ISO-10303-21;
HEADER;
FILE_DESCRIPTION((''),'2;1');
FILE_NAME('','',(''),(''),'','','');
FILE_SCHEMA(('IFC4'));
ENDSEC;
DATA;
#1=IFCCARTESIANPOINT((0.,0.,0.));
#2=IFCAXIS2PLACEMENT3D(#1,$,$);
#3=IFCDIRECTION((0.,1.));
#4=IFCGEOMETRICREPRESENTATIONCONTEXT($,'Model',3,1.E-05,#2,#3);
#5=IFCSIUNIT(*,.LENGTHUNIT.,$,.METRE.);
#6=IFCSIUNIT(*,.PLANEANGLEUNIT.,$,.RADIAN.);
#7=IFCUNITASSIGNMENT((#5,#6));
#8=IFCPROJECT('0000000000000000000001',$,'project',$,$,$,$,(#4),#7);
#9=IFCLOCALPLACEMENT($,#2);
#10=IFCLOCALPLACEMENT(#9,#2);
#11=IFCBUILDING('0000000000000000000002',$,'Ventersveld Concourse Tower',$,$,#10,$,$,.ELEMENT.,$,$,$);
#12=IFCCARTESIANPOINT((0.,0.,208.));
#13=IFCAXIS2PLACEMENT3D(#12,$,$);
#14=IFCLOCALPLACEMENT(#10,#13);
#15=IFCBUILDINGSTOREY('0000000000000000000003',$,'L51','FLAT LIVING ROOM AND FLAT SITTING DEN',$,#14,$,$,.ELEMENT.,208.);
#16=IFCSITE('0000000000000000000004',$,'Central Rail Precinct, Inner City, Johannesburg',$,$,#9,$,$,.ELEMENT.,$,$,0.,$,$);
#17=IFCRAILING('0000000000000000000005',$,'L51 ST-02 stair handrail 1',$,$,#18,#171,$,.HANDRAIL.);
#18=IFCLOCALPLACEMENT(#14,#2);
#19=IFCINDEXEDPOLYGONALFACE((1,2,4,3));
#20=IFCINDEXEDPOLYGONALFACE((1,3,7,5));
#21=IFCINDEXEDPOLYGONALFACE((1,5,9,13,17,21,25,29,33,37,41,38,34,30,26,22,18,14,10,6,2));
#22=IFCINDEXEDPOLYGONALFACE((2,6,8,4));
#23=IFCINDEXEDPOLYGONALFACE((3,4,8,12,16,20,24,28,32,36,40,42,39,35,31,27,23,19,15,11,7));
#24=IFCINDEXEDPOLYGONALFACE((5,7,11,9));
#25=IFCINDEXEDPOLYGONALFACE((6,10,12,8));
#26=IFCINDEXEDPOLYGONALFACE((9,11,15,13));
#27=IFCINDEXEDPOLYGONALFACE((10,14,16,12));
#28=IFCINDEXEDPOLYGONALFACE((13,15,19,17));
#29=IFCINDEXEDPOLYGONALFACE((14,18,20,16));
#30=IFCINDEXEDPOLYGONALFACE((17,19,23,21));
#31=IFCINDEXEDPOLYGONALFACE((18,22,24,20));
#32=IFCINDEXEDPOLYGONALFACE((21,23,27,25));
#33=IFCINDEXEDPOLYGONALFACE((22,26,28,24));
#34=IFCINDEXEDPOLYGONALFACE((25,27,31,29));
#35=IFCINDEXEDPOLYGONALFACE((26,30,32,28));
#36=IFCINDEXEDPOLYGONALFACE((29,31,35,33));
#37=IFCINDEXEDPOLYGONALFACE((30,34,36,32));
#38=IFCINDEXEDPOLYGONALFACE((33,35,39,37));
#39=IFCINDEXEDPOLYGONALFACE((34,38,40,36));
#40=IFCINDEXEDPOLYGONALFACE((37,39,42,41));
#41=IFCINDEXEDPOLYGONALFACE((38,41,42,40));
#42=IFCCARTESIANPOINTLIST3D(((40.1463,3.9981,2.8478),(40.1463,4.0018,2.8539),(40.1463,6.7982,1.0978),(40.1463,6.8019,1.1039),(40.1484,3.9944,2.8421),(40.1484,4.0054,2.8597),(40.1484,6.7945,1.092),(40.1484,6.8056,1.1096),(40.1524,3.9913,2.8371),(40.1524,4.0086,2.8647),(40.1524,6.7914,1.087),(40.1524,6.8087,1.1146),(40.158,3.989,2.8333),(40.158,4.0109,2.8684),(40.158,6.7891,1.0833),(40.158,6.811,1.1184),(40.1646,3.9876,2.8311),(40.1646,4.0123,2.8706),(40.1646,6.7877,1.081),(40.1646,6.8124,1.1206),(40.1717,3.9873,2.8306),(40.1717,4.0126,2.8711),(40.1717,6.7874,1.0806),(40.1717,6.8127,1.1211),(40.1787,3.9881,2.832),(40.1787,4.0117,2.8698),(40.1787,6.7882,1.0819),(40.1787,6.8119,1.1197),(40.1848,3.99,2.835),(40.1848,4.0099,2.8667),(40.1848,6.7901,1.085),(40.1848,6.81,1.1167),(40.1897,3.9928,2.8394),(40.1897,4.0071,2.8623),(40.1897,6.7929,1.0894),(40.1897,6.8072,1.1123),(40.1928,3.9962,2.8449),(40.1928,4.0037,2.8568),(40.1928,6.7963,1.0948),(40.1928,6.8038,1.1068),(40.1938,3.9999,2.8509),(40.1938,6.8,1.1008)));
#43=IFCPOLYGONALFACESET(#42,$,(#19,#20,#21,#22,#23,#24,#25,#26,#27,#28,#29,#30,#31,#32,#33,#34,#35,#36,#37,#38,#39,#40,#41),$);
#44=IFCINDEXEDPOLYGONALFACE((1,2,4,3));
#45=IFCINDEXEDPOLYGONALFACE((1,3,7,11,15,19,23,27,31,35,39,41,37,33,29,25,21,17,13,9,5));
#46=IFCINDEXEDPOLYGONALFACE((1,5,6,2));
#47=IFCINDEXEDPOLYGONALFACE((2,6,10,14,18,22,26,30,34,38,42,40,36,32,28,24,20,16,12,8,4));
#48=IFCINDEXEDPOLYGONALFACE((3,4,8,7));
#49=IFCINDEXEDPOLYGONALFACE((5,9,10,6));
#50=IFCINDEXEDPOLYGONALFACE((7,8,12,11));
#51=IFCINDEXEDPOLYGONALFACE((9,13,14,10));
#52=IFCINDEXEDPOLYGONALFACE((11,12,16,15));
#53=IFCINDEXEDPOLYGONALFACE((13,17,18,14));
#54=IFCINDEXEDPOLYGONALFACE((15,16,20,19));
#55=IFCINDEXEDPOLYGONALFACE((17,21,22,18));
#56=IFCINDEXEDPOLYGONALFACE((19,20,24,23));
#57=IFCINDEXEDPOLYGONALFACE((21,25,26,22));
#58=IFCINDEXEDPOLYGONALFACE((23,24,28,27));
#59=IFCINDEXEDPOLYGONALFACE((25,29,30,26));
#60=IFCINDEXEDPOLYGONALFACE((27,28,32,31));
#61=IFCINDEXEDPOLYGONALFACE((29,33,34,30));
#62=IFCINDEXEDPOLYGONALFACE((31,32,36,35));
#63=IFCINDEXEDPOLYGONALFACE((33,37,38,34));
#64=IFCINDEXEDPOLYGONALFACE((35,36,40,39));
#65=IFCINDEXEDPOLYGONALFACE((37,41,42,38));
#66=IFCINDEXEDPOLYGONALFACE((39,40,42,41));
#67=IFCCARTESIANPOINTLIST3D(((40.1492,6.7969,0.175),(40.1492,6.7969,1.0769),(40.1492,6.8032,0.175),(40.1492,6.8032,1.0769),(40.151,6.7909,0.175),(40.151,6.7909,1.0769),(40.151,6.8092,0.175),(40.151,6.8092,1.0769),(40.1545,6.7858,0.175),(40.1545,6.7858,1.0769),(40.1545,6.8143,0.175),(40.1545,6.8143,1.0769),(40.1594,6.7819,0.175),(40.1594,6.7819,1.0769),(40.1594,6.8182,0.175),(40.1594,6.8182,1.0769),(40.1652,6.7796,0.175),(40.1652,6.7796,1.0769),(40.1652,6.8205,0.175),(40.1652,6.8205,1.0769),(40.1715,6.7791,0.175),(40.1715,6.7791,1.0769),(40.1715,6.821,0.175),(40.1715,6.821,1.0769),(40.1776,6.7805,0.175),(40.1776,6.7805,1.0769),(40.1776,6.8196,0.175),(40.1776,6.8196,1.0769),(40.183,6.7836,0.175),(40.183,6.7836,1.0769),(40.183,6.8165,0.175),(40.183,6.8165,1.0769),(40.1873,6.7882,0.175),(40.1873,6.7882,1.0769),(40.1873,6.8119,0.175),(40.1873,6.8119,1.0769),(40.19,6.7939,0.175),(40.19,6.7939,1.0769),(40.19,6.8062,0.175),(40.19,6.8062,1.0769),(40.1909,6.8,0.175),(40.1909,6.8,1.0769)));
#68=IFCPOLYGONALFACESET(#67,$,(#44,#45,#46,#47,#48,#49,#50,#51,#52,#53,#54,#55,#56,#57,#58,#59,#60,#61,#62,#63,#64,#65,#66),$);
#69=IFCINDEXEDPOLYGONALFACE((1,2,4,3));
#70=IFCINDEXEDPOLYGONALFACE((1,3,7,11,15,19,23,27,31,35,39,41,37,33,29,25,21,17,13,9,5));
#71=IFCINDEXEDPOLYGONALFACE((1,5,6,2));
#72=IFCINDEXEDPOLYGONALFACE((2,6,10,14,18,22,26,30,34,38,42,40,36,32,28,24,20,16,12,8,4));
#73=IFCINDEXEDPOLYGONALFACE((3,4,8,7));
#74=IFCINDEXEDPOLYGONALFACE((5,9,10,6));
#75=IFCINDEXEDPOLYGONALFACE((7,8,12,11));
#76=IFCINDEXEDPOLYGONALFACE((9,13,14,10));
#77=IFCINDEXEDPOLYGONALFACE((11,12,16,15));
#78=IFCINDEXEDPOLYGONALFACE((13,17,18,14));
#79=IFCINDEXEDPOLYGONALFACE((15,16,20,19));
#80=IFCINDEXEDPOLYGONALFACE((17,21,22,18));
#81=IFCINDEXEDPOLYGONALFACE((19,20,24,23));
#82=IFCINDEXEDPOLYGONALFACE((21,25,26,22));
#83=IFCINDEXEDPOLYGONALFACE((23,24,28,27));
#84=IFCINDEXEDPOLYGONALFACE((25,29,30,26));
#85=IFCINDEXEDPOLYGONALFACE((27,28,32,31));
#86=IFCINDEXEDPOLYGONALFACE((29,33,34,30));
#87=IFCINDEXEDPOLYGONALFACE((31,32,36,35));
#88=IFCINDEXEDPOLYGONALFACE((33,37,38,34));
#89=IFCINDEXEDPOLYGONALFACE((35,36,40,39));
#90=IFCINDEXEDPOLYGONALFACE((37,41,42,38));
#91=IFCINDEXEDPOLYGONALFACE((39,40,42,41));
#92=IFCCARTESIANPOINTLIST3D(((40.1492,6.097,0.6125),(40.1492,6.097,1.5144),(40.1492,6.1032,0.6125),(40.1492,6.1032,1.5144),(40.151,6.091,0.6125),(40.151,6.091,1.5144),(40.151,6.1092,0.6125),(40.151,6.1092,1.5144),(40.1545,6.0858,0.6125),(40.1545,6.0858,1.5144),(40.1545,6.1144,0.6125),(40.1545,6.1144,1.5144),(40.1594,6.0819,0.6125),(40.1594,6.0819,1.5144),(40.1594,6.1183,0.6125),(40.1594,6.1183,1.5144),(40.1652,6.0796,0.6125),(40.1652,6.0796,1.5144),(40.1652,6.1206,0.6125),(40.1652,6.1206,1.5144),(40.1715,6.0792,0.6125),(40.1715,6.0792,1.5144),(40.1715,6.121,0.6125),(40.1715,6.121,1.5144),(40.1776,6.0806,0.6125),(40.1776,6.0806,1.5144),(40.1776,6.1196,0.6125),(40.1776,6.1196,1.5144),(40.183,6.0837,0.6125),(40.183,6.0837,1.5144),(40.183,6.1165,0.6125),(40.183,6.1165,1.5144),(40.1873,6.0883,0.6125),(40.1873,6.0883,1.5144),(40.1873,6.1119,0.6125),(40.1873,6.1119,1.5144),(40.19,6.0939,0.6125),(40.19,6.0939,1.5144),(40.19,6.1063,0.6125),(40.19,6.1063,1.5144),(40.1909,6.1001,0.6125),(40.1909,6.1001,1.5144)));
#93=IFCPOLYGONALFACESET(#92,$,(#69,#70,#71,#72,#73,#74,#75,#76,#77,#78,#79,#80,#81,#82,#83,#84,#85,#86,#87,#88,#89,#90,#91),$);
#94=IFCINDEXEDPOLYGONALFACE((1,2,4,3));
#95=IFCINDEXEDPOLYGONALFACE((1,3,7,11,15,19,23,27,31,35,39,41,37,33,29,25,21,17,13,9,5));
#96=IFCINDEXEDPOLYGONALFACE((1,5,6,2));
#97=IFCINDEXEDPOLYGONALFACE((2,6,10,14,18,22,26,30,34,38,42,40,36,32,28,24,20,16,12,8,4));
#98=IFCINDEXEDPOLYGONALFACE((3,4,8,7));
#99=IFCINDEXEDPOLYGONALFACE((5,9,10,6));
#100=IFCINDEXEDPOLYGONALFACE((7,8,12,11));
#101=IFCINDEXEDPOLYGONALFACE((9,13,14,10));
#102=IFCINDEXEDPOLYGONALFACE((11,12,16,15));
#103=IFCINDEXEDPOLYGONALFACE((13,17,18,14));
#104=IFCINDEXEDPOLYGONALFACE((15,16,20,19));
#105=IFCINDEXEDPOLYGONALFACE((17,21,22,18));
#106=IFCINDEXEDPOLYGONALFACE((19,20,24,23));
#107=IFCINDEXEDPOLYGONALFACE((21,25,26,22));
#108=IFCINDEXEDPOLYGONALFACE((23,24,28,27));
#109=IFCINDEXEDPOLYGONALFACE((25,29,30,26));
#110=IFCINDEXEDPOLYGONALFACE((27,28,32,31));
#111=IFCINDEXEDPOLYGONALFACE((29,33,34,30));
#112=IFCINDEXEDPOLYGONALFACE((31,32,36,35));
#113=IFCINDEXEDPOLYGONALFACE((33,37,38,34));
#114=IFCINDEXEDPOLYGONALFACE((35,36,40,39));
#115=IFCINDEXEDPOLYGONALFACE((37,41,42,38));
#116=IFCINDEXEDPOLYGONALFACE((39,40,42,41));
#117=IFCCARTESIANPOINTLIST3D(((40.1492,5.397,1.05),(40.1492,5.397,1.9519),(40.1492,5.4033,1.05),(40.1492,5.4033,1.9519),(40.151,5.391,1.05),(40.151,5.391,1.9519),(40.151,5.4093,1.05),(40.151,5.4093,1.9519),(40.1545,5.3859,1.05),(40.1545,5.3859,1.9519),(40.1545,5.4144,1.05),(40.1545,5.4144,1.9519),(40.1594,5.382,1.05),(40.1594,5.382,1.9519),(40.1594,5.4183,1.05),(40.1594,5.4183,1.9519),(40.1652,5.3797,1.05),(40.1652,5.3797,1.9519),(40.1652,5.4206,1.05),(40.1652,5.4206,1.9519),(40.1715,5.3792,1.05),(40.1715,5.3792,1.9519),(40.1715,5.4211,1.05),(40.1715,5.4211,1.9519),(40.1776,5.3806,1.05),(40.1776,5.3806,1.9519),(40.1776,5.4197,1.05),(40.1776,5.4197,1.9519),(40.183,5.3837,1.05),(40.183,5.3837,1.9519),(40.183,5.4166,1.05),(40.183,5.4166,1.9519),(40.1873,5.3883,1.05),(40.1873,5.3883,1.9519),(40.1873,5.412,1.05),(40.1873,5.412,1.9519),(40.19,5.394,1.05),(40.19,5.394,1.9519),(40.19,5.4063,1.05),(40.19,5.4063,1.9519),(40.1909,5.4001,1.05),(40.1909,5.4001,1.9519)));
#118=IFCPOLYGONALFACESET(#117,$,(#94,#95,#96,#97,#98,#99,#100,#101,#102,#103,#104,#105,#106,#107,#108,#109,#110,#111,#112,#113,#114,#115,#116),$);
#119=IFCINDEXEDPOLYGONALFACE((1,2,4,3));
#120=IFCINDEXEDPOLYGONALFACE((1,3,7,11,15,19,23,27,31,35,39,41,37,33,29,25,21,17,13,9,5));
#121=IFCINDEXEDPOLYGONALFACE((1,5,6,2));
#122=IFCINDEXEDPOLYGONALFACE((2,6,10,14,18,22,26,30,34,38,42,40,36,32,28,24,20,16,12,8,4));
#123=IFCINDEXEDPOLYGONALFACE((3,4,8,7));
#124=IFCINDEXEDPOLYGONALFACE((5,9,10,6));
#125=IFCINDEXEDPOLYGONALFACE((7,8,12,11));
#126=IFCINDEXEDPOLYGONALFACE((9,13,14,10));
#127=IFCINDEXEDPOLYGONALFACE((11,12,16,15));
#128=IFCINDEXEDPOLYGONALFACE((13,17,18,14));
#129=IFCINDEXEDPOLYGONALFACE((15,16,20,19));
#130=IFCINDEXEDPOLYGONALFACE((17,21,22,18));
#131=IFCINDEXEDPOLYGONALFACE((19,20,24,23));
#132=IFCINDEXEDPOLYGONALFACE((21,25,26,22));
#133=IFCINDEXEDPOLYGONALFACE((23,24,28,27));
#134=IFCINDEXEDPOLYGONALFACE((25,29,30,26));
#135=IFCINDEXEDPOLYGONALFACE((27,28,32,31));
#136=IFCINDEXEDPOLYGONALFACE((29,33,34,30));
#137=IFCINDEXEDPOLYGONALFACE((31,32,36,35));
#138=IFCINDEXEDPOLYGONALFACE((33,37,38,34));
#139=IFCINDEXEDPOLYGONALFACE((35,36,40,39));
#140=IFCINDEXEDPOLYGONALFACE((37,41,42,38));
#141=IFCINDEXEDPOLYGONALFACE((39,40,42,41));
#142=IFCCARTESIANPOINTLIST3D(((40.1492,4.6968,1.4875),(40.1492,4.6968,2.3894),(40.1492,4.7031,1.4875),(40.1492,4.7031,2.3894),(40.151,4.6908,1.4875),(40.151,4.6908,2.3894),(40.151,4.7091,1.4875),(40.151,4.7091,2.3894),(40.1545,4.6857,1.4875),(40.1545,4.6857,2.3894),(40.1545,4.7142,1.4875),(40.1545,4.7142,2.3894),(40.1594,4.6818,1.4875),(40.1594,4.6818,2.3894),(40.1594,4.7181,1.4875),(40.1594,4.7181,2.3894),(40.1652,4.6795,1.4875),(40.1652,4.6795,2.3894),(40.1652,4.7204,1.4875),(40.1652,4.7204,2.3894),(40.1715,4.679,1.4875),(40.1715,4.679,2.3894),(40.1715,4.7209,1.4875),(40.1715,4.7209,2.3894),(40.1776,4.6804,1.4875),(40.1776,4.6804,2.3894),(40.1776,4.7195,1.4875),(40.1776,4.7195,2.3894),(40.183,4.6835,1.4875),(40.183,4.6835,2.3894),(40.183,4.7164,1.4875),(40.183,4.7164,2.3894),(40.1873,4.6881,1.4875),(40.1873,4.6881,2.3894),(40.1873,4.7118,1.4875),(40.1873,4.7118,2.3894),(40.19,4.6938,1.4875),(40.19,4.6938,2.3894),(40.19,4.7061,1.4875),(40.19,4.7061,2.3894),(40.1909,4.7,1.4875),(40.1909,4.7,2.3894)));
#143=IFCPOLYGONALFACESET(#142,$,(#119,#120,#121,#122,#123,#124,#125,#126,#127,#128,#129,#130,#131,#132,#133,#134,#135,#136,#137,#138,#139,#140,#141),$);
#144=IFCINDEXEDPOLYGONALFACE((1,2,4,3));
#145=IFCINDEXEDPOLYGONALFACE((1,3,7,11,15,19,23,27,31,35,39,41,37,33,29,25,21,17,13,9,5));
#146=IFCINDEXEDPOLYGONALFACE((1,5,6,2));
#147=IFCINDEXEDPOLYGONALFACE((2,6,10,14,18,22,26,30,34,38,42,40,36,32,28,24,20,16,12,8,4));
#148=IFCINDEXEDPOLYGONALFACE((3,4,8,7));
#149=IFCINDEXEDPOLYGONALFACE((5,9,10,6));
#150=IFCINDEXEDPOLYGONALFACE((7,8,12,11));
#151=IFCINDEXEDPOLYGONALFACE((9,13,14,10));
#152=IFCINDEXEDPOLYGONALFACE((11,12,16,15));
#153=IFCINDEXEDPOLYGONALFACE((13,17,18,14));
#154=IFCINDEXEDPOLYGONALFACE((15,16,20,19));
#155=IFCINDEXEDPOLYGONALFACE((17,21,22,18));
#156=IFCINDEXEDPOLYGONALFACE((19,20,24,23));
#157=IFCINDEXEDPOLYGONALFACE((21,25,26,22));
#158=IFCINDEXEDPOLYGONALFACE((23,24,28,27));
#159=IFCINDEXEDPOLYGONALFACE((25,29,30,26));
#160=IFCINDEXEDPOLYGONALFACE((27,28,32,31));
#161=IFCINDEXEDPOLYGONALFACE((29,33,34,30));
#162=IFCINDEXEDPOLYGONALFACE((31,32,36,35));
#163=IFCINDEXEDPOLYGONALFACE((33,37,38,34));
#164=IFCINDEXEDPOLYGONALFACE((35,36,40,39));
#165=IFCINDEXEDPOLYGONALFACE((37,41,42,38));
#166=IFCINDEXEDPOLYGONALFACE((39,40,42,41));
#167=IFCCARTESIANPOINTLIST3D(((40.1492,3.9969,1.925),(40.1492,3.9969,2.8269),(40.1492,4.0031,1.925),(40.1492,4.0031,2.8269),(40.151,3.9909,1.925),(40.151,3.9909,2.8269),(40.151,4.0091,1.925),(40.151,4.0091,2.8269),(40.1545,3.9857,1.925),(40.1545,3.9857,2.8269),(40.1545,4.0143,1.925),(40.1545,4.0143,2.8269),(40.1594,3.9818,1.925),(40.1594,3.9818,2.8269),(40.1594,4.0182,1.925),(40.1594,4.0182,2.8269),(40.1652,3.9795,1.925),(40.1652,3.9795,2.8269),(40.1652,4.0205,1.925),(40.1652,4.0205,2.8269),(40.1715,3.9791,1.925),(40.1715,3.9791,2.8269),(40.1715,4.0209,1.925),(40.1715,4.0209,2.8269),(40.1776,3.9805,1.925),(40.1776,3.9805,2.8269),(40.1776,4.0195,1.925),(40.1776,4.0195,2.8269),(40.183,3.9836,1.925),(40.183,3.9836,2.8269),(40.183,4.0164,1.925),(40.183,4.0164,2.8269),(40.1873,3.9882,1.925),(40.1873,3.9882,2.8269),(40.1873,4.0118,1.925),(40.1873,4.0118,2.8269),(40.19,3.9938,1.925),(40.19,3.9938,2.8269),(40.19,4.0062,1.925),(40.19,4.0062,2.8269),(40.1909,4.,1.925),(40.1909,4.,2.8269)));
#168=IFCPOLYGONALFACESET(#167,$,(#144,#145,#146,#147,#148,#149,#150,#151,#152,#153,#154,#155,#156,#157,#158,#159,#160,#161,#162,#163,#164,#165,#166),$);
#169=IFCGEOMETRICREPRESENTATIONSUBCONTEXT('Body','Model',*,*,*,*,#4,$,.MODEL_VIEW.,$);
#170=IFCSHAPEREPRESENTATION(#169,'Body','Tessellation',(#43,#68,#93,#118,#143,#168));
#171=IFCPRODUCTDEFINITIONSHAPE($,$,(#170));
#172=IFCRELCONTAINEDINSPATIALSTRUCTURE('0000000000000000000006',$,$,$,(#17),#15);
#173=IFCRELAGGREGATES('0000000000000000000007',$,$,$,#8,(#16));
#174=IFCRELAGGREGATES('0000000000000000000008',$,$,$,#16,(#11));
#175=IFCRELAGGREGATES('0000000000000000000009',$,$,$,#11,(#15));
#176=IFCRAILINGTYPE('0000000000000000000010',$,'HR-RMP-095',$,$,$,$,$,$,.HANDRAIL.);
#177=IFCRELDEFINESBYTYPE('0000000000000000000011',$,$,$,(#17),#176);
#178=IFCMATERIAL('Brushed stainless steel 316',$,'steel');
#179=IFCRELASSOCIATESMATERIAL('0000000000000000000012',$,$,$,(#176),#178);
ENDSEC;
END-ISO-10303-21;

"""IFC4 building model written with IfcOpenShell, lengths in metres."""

from ifc_helpers import new_model, si_unit, direction, frame, origin, origin_2d, place, context, subcontext, project, spatial, circle, extrude, material, type_object, element, save


model = new_model("IFC4")

# Units and contexts
model_context = context("Model", 3, precision=1e-05, world=origin(), true_north=direction((0.0, 1.0)))
body_context = subcontext(model_context, "Body", "Model", "MODEL_VIEW")
ifc_project = project(units=[si_unit("LENGTHUNIT", "METRE"), si_unit("PLANEANGLEUNIT", "RADIAN")], contexts=[model_context])

# Site, building, storey
site_placement = place(None, origin())
site = spatial("IfcSite", under=ifc_project, at=site_placement, Name="Central Rail Precinct, Inner City, Johannesburg", CompositionType="ELEMENT", RefElevation=0.0)
building_placement = place(site_placement, origin())
building = spatial("IfcBuilding", under=site, at=building_placement, Name="Ventersveld Concourse Tower", CompositionType="ELEMENT")
storey_placement = place(building_placement, frame((0.0, 0.0, 208.0)))
storey = spatial("IfcBuildingStorey", under=building, at=storey_placement, Name="L51", Description="FLAT LIVING ROOM AND FLAT SITTING DEN", CompositionType="ELEMENT", Elevation=208.0)

# Railing
ifc_material_1 = material(Name="Brushed stainless steel 316", Category="steel")
railing_type_1 = type_object("IfcRailingType", Name="HR-RMP-095", PredefinedType="HANDRAIL", material=ifc_material_1)
railing_1_placement = place(storey_placement, frame((40.1699, 6.8, 0.175)))
element("IfcRailing", 1, at=railing_1_placement, inside=storey, type_object=railing_type_1, Name="L51 ST-02 stair handrail 1", PredefinedType="HANDRAIL", context=body_context, shape_type="SweptSolid", body=[
    extrude(circle(Radius=0.0239, at=origin_2d()), frame((0.0, 0.0, 0.9258), z_axis=(0.0, -0.848002, 0.529992), x_axis=(1.0, 0.0, 0.0)), (0.0, 0.0, 1.0), 3.302),
    extrude(circle(Radius=0.021, at=origin_2d()), origin(), (0.0, 0.0, 1.0), 0.9019),
    extrude(circle(Radius=0.021, at=origin_2d()), frame((0.0, -0.7, 0.4375)), (0.0, 0.0, 1.0), 0.9019),
    extrude(circle(Radius=0.021, at=origin_2d()), frame((0.0, -1.3999, 0.875)), (0.0, 0.0, 1.0), 0.9019),
    extrude(circle(Radius=0.021, at=origin_2d()), frame((0.0, -2.1001, 1.3125)), (0.0, 0.0, 1.0), 0.9019),
    extrude(circle(Radius=0.021, at=origin_2d()), frame((0.0, -2.8, 1.75)), (0.0, 0.0, 1.0), 0.9019),
])

save(model, "model.ifc")
